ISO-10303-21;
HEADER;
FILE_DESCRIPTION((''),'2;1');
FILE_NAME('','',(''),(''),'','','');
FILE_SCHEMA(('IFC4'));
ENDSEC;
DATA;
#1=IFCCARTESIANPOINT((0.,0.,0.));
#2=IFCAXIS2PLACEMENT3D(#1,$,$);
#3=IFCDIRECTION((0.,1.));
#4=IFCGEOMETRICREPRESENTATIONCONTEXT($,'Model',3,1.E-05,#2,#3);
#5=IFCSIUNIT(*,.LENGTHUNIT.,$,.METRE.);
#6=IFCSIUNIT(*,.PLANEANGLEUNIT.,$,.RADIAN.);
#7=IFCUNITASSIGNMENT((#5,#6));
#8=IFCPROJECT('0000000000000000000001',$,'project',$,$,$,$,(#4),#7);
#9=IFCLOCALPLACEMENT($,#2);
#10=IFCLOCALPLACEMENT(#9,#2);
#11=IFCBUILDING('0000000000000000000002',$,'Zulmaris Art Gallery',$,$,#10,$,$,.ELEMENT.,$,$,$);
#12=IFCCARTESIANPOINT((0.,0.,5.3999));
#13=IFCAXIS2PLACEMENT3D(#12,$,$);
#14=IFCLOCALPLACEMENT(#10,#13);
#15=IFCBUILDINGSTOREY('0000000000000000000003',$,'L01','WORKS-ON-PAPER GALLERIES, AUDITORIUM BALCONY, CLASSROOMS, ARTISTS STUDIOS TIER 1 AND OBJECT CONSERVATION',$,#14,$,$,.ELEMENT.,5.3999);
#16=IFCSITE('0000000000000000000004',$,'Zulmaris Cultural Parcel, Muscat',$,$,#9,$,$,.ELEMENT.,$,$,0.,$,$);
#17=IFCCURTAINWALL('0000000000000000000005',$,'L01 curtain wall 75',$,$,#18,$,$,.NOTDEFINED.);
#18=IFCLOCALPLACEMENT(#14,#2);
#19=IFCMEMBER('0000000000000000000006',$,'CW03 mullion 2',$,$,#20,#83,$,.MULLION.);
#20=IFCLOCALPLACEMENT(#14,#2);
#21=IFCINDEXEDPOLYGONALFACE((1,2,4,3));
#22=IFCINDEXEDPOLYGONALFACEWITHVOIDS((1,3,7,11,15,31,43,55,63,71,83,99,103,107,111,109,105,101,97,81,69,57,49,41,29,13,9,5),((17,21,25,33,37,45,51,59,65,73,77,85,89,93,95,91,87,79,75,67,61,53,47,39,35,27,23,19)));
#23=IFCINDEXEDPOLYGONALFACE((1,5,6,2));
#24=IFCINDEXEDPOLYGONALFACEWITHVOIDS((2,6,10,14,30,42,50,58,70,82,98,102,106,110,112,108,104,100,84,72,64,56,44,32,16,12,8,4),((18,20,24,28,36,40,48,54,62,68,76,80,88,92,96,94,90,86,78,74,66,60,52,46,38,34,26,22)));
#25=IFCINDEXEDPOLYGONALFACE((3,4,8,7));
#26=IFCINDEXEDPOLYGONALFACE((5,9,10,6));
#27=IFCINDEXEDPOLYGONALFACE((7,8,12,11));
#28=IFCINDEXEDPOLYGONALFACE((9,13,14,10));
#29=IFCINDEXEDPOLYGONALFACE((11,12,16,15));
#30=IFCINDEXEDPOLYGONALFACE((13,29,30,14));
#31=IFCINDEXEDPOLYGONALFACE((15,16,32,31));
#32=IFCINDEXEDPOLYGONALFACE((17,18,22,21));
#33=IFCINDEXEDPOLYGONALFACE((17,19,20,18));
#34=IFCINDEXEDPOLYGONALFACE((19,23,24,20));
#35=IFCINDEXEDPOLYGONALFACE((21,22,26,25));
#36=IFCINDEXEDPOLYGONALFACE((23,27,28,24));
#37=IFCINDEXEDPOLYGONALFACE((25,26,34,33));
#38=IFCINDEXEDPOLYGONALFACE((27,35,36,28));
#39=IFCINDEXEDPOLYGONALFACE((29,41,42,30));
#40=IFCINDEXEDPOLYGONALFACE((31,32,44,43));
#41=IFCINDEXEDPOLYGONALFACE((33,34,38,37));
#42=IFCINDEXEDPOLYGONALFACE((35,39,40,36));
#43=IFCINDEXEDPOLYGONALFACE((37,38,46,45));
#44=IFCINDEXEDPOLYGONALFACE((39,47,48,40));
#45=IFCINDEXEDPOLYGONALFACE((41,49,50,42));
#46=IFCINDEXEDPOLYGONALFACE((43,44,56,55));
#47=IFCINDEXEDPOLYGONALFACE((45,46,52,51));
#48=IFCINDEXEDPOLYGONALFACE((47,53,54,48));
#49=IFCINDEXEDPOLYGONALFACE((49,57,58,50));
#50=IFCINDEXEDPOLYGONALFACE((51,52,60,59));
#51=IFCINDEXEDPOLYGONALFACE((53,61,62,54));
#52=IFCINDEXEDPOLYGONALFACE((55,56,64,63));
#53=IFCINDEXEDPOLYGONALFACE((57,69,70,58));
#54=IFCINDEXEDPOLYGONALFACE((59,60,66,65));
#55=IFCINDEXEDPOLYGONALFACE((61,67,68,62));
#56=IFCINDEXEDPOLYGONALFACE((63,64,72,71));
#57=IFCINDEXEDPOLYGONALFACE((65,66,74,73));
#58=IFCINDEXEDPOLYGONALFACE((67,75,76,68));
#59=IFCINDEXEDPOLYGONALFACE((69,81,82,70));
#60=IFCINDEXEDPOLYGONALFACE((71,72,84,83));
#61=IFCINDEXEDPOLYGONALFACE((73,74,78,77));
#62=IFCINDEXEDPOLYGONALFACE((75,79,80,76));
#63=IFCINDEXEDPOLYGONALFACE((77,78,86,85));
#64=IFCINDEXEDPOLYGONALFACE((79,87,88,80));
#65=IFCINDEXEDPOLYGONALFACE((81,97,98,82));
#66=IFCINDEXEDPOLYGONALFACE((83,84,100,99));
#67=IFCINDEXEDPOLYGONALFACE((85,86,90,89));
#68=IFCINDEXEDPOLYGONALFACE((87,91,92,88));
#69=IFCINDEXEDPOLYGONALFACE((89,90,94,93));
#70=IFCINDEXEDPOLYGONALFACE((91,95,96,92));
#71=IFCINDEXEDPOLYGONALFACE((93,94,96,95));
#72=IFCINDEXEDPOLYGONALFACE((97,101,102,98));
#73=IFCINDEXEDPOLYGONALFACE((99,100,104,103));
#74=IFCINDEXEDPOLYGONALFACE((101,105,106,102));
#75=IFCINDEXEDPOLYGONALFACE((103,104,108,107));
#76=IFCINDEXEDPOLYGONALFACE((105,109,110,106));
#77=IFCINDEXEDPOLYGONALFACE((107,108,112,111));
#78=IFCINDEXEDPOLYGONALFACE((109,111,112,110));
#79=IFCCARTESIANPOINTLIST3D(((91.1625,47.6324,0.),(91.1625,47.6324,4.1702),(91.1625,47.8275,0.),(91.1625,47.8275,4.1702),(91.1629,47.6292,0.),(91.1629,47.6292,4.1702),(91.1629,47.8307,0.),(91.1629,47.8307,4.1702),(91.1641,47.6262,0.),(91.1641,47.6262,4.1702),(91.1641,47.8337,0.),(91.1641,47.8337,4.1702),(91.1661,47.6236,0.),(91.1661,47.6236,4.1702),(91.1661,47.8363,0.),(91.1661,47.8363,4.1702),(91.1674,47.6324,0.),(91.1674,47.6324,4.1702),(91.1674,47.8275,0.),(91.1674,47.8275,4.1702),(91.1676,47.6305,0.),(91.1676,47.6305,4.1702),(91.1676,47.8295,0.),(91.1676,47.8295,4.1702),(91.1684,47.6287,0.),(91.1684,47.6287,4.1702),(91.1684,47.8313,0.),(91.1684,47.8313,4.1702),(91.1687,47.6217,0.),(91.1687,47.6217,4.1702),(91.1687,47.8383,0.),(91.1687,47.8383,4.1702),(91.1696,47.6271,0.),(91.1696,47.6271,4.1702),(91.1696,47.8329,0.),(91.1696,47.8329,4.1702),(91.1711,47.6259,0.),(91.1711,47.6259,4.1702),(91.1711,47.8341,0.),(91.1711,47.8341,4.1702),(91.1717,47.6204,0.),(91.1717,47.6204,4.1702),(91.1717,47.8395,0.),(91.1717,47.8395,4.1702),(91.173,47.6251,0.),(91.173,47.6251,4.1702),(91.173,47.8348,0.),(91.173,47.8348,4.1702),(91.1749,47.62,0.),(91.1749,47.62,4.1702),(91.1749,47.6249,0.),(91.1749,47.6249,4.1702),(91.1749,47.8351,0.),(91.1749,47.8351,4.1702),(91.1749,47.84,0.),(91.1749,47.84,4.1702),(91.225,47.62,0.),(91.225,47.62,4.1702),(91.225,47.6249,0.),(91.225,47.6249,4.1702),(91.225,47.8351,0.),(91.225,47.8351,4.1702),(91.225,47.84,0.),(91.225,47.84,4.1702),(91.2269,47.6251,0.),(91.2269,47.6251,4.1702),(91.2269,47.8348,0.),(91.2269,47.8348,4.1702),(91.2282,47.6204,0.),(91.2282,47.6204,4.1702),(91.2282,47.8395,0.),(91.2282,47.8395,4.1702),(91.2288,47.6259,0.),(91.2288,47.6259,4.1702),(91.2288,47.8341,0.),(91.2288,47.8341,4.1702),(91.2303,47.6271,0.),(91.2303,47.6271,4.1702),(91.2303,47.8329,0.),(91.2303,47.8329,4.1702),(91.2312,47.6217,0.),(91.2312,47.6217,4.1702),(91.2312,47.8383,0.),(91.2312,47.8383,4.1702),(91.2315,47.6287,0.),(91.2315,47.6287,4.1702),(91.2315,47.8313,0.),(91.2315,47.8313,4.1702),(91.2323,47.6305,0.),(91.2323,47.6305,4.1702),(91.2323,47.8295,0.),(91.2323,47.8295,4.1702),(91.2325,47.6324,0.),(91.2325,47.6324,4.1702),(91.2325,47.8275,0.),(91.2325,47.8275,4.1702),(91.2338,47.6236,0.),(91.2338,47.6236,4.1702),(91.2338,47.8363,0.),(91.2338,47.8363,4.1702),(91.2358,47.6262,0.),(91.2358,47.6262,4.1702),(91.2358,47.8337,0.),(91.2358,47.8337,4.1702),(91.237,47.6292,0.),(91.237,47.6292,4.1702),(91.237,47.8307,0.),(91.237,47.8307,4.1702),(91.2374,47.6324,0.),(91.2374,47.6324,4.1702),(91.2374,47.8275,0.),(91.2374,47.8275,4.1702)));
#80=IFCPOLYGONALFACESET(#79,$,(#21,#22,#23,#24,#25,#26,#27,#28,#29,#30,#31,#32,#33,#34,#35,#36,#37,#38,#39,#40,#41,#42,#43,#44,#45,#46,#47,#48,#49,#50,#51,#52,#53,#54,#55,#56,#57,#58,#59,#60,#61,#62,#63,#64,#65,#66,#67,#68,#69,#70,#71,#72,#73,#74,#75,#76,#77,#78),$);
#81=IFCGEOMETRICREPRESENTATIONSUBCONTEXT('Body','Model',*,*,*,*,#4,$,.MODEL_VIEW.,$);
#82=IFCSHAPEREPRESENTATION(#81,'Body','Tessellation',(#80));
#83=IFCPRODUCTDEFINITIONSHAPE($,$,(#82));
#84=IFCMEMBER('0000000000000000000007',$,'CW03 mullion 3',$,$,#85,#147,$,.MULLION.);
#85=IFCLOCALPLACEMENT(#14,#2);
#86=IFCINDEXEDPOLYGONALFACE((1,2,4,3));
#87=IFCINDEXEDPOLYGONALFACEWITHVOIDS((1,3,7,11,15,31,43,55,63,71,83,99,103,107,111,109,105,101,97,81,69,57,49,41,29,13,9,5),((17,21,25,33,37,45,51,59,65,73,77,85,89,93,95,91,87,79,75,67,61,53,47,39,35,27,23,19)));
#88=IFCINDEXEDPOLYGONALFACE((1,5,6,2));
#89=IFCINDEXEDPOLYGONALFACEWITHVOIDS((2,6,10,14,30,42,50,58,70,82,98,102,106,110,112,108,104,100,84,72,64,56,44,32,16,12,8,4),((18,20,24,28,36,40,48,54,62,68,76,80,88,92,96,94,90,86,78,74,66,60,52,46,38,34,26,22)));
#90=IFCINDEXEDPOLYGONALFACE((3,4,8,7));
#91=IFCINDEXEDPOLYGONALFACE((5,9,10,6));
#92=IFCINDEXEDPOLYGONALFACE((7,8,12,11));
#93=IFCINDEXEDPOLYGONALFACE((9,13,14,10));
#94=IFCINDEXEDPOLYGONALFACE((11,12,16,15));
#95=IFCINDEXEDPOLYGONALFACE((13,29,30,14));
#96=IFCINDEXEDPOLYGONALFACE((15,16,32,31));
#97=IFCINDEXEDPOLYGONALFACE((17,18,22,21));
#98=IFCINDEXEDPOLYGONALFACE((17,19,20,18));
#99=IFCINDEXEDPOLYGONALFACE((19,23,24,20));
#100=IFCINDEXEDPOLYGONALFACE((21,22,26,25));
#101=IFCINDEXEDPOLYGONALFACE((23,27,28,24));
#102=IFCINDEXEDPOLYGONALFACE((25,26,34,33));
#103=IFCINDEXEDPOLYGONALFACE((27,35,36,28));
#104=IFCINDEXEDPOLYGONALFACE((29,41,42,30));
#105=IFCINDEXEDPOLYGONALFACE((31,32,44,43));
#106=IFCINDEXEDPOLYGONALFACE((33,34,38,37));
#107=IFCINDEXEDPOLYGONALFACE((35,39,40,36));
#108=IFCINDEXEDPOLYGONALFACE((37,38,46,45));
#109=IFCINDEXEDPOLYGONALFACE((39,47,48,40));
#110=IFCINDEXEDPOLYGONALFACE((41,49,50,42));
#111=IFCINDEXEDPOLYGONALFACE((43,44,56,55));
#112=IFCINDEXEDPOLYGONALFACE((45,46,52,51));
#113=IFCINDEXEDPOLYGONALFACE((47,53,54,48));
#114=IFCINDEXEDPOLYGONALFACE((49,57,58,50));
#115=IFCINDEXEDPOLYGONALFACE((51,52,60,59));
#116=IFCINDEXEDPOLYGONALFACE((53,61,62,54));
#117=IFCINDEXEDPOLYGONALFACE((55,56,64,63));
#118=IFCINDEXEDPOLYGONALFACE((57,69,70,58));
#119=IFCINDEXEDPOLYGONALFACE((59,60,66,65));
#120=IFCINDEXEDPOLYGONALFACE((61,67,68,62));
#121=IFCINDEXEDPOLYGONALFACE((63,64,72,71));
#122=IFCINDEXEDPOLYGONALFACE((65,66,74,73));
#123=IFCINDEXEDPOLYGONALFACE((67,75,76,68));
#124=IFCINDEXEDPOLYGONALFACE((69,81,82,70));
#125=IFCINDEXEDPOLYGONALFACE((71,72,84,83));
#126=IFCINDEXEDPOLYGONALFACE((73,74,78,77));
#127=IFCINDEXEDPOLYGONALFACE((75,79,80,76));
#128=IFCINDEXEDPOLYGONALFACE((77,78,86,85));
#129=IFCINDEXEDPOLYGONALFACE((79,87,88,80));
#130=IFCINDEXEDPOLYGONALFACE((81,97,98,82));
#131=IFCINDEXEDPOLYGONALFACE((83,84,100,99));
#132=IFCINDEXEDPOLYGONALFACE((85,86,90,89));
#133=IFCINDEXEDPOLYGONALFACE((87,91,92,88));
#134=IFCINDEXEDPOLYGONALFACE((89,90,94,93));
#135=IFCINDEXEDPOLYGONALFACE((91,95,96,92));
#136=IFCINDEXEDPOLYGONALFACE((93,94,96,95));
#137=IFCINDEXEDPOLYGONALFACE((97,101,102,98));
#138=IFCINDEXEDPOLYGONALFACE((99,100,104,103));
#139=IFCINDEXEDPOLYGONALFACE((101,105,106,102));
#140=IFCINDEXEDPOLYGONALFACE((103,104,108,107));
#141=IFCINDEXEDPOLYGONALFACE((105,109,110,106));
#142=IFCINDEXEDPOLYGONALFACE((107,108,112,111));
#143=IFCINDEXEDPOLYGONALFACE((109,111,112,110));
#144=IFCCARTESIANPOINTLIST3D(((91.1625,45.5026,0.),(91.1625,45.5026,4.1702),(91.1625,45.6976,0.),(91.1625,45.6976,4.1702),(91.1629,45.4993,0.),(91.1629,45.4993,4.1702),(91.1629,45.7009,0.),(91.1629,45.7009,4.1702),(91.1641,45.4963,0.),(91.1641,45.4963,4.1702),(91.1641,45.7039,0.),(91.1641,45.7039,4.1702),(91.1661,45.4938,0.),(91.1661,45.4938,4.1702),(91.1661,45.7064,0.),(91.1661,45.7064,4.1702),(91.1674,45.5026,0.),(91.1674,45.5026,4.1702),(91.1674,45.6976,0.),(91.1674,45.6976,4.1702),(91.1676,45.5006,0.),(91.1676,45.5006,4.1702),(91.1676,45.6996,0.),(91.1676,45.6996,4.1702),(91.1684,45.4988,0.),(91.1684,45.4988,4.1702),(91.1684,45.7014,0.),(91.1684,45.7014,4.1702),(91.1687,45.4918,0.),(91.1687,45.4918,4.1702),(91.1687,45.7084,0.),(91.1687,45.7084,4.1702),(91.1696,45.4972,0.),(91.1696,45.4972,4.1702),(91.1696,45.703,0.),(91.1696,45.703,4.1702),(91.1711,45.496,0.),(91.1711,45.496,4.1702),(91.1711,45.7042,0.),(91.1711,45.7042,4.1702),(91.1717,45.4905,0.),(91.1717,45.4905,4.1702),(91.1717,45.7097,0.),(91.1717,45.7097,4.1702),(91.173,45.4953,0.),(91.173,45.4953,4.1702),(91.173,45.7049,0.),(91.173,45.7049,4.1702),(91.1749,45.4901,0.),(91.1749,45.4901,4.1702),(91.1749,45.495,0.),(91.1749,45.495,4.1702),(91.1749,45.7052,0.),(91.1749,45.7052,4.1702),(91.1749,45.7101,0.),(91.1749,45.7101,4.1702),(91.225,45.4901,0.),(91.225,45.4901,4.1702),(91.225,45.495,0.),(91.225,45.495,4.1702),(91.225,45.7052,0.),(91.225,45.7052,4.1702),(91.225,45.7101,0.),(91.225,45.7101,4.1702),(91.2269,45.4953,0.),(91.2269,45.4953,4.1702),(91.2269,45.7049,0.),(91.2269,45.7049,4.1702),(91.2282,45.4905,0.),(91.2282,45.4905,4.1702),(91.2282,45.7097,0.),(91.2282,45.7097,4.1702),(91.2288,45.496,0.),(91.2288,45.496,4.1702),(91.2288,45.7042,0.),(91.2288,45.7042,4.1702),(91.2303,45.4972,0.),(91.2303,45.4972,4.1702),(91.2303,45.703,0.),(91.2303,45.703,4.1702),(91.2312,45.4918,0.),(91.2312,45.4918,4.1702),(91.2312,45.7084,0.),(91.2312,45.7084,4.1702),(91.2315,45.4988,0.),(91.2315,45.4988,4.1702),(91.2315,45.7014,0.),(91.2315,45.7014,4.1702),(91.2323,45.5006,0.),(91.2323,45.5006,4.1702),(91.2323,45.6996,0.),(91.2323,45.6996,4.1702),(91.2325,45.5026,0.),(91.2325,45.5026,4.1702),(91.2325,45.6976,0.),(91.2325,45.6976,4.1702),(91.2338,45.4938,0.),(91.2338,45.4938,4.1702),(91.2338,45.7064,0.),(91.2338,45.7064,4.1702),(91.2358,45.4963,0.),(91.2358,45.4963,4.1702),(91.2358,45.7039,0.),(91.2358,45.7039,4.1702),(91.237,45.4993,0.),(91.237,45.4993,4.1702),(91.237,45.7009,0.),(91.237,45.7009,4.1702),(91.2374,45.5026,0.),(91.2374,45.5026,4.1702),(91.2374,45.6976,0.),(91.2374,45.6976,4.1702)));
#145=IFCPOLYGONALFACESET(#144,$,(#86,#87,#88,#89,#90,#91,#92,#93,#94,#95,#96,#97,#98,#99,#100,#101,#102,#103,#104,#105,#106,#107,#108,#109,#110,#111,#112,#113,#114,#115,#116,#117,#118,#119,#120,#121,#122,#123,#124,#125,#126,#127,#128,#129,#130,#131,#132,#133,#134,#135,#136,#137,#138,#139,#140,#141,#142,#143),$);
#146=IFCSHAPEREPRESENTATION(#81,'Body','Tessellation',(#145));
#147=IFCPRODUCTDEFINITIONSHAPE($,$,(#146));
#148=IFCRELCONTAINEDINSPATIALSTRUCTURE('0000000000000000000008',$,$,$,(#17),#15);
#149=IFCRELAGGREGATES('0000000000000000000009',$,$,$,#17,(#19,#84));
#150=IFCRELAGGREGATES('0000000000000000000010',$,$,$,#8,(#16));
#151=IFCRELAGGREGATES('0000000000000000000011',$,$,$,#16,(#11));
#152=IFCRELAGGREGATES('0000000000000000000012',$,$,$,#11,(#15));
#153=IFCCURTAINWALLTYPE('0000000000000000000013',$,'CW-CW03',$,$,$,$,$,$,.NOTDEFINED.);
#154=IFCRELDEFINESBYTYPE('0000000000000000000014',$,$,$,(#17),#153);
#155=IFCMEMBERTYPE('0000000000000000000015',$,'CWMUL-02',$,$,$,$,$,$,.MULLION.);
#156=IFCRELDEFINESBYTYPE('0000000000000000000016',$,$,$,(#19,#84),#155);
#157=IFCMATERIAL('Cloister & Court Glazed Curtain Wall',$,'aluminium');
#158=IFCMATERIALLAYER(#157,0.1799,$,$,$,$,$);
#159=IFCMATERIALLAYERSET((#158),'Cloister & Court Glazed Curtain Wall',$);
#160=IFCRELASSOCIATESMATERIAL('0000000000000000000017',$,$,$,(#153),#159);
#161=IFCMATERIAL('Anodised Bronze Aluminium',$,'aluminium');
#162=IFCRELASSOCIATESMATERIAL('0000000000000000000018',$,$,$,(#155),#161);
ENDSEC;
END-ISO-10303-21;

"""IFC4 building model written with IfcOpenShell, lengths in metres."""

from ifc_helpers import new_model, si_unit, direction, frame, origin, origin_2d, place, context, subcontext, project, spatial, hollow_rectangle, extrude, material, layer, layer_set, material_profile, profile_set, type_object, element, aggregate, save


model = new_model("IFC4")

# Units and contexts
model_context = context("Model", 3, precision=1e-05, world=origin(), true_north=direction((0.0, 1.0)))
body_context = subcontext(model_context, "Body", "Model", "MODEL_VIEW")
ifc_project = project(units=[si_unit("LENGTHUNIT", "METRE"), si_unit("PLANEANGLEUNIT", "RADIAN")], contexts=[model_context])

# Site, building, storey
site_placement = place(None, origin())
site = spatial("IfcSite", under=ifc_project, at=site_placement, Name="Zulmaris Cultural Parcel, Muscat", CompositionType="ELEMENT", RefElevation=0.0)
building_placement = place(site_placement, origin())
building = spatial("IfcBuilding", under=site, at=building_placement, Name="Zulmaris Art Gallery", CompositionType="ELEMENT")
storey_placement = place(building_placement, frame((0.0, 0.0, 5.3999)))
storey = spatial("IfcBuildingStorey", under=building, at=storey_placement, Name="L01", Description="WORKS-ON-PAPER GALLERIES, AUDITORIUM BALCONY, CLASSROOMS, ARTISTS STUDIOS TIER 1 AND OBJECT CONSERVATION", CompositionType="ELEMENT", Elevation=5.3999)

# Curtain wall, members
ifc_material_1 = material(Name="Cloister & Court Glazed Curtain Wall", Category="aluminium")
ifc_layer_1 = layer(ifc_material_1, 0.1799)
ifc_layer_set_1 = layer_set([ifc_layer_1], Name="Cloister & Court Glazed Curtain Wall")
curtain_wall_type = type_object("IfcCurtainWallType", Name="CW-CW03", PredefinedType="NOTDEFINED", material=ifc_layer_set_1)
curtain_wall_1_placement = place(storey_placement, origin())
curtain_wall_1 = element("IfcCurtainWall", 1, at=curtain_wall_1_placement, inside=storey, type_object=curtain_wall_type, Name="L01 curtain wall 75", PredefinedType="NOTDEFINED")
ifc_material_2 = material(Name="Anodised Bronze Aluminium", Category="aluminium")
ifc_material_profile_1 = material_profile(ifc_material_2, hollow_rectangle(XDim=0.075, YDim=0.22, WallThickness=0.0049, InnerFilletRadius=0.0076, OuterFilletRadius=0.0125, at=origin_2d()), Name="ALU 75x220x5")
ifc_profile_set_1 = profile_set([ifc_material_profile_1], Name="Anodised Bronze Aluminium")
member_type_1 = type_object("IfcMemberType", Name="CWMUL-02", PredefinedType="MULLION", material=ifc_profile_set_1)
member_1_placement = place(storey_placement, frame((91.2, 47.73, 0.0), z_axis=(0.0, 0.0, 1.0), x_axis=(1.0, 0.0, 0.0)))
member_1 = element("IfcMember", 2, at=member_1_placement, type_object=member_type_1, Name="CW03 mullion 2", PredefinedType="MULLION", context=body_context, shape_type="SweptSolid", body=[
    extrude(hollow_rectangle(XDim=0.075, YDim=0.22, WallThickness=0.0049, InnerFilletRadius=0.0076, OuterFilletRadius=0.0125, at=origin_2d()), origin(), (0.0, 0.0, 1.0), 4.1702),
])
member_2_placement = place(storey_placement, frame((91.2, 45.6001, 0.0), z_axis=(0.0, 0.0, 1.0), x_axis=(1.0, 0.0, 0.0)))
member_2 = element("IfcMember", 3, at=member_2_placement, type_object=member_type_1, Name="CW03 mullion 3", PredefinedType="MULLION", context=body_context, shape_type="SweptSolid", body=[
    extrude(hollow_rectangle(XDim=0.075, YDim=0.22, WallThickness=0.0049, InnerFilletRadius=0.0076, OuterFilletRadius=0.0125, at=origin_2d()), origin(), (0.0, 0.0, 1.0), 4.1702),
])

aggregate(curtain_wall_1, [member_1, member_2])

save(model, "model.ifc")
